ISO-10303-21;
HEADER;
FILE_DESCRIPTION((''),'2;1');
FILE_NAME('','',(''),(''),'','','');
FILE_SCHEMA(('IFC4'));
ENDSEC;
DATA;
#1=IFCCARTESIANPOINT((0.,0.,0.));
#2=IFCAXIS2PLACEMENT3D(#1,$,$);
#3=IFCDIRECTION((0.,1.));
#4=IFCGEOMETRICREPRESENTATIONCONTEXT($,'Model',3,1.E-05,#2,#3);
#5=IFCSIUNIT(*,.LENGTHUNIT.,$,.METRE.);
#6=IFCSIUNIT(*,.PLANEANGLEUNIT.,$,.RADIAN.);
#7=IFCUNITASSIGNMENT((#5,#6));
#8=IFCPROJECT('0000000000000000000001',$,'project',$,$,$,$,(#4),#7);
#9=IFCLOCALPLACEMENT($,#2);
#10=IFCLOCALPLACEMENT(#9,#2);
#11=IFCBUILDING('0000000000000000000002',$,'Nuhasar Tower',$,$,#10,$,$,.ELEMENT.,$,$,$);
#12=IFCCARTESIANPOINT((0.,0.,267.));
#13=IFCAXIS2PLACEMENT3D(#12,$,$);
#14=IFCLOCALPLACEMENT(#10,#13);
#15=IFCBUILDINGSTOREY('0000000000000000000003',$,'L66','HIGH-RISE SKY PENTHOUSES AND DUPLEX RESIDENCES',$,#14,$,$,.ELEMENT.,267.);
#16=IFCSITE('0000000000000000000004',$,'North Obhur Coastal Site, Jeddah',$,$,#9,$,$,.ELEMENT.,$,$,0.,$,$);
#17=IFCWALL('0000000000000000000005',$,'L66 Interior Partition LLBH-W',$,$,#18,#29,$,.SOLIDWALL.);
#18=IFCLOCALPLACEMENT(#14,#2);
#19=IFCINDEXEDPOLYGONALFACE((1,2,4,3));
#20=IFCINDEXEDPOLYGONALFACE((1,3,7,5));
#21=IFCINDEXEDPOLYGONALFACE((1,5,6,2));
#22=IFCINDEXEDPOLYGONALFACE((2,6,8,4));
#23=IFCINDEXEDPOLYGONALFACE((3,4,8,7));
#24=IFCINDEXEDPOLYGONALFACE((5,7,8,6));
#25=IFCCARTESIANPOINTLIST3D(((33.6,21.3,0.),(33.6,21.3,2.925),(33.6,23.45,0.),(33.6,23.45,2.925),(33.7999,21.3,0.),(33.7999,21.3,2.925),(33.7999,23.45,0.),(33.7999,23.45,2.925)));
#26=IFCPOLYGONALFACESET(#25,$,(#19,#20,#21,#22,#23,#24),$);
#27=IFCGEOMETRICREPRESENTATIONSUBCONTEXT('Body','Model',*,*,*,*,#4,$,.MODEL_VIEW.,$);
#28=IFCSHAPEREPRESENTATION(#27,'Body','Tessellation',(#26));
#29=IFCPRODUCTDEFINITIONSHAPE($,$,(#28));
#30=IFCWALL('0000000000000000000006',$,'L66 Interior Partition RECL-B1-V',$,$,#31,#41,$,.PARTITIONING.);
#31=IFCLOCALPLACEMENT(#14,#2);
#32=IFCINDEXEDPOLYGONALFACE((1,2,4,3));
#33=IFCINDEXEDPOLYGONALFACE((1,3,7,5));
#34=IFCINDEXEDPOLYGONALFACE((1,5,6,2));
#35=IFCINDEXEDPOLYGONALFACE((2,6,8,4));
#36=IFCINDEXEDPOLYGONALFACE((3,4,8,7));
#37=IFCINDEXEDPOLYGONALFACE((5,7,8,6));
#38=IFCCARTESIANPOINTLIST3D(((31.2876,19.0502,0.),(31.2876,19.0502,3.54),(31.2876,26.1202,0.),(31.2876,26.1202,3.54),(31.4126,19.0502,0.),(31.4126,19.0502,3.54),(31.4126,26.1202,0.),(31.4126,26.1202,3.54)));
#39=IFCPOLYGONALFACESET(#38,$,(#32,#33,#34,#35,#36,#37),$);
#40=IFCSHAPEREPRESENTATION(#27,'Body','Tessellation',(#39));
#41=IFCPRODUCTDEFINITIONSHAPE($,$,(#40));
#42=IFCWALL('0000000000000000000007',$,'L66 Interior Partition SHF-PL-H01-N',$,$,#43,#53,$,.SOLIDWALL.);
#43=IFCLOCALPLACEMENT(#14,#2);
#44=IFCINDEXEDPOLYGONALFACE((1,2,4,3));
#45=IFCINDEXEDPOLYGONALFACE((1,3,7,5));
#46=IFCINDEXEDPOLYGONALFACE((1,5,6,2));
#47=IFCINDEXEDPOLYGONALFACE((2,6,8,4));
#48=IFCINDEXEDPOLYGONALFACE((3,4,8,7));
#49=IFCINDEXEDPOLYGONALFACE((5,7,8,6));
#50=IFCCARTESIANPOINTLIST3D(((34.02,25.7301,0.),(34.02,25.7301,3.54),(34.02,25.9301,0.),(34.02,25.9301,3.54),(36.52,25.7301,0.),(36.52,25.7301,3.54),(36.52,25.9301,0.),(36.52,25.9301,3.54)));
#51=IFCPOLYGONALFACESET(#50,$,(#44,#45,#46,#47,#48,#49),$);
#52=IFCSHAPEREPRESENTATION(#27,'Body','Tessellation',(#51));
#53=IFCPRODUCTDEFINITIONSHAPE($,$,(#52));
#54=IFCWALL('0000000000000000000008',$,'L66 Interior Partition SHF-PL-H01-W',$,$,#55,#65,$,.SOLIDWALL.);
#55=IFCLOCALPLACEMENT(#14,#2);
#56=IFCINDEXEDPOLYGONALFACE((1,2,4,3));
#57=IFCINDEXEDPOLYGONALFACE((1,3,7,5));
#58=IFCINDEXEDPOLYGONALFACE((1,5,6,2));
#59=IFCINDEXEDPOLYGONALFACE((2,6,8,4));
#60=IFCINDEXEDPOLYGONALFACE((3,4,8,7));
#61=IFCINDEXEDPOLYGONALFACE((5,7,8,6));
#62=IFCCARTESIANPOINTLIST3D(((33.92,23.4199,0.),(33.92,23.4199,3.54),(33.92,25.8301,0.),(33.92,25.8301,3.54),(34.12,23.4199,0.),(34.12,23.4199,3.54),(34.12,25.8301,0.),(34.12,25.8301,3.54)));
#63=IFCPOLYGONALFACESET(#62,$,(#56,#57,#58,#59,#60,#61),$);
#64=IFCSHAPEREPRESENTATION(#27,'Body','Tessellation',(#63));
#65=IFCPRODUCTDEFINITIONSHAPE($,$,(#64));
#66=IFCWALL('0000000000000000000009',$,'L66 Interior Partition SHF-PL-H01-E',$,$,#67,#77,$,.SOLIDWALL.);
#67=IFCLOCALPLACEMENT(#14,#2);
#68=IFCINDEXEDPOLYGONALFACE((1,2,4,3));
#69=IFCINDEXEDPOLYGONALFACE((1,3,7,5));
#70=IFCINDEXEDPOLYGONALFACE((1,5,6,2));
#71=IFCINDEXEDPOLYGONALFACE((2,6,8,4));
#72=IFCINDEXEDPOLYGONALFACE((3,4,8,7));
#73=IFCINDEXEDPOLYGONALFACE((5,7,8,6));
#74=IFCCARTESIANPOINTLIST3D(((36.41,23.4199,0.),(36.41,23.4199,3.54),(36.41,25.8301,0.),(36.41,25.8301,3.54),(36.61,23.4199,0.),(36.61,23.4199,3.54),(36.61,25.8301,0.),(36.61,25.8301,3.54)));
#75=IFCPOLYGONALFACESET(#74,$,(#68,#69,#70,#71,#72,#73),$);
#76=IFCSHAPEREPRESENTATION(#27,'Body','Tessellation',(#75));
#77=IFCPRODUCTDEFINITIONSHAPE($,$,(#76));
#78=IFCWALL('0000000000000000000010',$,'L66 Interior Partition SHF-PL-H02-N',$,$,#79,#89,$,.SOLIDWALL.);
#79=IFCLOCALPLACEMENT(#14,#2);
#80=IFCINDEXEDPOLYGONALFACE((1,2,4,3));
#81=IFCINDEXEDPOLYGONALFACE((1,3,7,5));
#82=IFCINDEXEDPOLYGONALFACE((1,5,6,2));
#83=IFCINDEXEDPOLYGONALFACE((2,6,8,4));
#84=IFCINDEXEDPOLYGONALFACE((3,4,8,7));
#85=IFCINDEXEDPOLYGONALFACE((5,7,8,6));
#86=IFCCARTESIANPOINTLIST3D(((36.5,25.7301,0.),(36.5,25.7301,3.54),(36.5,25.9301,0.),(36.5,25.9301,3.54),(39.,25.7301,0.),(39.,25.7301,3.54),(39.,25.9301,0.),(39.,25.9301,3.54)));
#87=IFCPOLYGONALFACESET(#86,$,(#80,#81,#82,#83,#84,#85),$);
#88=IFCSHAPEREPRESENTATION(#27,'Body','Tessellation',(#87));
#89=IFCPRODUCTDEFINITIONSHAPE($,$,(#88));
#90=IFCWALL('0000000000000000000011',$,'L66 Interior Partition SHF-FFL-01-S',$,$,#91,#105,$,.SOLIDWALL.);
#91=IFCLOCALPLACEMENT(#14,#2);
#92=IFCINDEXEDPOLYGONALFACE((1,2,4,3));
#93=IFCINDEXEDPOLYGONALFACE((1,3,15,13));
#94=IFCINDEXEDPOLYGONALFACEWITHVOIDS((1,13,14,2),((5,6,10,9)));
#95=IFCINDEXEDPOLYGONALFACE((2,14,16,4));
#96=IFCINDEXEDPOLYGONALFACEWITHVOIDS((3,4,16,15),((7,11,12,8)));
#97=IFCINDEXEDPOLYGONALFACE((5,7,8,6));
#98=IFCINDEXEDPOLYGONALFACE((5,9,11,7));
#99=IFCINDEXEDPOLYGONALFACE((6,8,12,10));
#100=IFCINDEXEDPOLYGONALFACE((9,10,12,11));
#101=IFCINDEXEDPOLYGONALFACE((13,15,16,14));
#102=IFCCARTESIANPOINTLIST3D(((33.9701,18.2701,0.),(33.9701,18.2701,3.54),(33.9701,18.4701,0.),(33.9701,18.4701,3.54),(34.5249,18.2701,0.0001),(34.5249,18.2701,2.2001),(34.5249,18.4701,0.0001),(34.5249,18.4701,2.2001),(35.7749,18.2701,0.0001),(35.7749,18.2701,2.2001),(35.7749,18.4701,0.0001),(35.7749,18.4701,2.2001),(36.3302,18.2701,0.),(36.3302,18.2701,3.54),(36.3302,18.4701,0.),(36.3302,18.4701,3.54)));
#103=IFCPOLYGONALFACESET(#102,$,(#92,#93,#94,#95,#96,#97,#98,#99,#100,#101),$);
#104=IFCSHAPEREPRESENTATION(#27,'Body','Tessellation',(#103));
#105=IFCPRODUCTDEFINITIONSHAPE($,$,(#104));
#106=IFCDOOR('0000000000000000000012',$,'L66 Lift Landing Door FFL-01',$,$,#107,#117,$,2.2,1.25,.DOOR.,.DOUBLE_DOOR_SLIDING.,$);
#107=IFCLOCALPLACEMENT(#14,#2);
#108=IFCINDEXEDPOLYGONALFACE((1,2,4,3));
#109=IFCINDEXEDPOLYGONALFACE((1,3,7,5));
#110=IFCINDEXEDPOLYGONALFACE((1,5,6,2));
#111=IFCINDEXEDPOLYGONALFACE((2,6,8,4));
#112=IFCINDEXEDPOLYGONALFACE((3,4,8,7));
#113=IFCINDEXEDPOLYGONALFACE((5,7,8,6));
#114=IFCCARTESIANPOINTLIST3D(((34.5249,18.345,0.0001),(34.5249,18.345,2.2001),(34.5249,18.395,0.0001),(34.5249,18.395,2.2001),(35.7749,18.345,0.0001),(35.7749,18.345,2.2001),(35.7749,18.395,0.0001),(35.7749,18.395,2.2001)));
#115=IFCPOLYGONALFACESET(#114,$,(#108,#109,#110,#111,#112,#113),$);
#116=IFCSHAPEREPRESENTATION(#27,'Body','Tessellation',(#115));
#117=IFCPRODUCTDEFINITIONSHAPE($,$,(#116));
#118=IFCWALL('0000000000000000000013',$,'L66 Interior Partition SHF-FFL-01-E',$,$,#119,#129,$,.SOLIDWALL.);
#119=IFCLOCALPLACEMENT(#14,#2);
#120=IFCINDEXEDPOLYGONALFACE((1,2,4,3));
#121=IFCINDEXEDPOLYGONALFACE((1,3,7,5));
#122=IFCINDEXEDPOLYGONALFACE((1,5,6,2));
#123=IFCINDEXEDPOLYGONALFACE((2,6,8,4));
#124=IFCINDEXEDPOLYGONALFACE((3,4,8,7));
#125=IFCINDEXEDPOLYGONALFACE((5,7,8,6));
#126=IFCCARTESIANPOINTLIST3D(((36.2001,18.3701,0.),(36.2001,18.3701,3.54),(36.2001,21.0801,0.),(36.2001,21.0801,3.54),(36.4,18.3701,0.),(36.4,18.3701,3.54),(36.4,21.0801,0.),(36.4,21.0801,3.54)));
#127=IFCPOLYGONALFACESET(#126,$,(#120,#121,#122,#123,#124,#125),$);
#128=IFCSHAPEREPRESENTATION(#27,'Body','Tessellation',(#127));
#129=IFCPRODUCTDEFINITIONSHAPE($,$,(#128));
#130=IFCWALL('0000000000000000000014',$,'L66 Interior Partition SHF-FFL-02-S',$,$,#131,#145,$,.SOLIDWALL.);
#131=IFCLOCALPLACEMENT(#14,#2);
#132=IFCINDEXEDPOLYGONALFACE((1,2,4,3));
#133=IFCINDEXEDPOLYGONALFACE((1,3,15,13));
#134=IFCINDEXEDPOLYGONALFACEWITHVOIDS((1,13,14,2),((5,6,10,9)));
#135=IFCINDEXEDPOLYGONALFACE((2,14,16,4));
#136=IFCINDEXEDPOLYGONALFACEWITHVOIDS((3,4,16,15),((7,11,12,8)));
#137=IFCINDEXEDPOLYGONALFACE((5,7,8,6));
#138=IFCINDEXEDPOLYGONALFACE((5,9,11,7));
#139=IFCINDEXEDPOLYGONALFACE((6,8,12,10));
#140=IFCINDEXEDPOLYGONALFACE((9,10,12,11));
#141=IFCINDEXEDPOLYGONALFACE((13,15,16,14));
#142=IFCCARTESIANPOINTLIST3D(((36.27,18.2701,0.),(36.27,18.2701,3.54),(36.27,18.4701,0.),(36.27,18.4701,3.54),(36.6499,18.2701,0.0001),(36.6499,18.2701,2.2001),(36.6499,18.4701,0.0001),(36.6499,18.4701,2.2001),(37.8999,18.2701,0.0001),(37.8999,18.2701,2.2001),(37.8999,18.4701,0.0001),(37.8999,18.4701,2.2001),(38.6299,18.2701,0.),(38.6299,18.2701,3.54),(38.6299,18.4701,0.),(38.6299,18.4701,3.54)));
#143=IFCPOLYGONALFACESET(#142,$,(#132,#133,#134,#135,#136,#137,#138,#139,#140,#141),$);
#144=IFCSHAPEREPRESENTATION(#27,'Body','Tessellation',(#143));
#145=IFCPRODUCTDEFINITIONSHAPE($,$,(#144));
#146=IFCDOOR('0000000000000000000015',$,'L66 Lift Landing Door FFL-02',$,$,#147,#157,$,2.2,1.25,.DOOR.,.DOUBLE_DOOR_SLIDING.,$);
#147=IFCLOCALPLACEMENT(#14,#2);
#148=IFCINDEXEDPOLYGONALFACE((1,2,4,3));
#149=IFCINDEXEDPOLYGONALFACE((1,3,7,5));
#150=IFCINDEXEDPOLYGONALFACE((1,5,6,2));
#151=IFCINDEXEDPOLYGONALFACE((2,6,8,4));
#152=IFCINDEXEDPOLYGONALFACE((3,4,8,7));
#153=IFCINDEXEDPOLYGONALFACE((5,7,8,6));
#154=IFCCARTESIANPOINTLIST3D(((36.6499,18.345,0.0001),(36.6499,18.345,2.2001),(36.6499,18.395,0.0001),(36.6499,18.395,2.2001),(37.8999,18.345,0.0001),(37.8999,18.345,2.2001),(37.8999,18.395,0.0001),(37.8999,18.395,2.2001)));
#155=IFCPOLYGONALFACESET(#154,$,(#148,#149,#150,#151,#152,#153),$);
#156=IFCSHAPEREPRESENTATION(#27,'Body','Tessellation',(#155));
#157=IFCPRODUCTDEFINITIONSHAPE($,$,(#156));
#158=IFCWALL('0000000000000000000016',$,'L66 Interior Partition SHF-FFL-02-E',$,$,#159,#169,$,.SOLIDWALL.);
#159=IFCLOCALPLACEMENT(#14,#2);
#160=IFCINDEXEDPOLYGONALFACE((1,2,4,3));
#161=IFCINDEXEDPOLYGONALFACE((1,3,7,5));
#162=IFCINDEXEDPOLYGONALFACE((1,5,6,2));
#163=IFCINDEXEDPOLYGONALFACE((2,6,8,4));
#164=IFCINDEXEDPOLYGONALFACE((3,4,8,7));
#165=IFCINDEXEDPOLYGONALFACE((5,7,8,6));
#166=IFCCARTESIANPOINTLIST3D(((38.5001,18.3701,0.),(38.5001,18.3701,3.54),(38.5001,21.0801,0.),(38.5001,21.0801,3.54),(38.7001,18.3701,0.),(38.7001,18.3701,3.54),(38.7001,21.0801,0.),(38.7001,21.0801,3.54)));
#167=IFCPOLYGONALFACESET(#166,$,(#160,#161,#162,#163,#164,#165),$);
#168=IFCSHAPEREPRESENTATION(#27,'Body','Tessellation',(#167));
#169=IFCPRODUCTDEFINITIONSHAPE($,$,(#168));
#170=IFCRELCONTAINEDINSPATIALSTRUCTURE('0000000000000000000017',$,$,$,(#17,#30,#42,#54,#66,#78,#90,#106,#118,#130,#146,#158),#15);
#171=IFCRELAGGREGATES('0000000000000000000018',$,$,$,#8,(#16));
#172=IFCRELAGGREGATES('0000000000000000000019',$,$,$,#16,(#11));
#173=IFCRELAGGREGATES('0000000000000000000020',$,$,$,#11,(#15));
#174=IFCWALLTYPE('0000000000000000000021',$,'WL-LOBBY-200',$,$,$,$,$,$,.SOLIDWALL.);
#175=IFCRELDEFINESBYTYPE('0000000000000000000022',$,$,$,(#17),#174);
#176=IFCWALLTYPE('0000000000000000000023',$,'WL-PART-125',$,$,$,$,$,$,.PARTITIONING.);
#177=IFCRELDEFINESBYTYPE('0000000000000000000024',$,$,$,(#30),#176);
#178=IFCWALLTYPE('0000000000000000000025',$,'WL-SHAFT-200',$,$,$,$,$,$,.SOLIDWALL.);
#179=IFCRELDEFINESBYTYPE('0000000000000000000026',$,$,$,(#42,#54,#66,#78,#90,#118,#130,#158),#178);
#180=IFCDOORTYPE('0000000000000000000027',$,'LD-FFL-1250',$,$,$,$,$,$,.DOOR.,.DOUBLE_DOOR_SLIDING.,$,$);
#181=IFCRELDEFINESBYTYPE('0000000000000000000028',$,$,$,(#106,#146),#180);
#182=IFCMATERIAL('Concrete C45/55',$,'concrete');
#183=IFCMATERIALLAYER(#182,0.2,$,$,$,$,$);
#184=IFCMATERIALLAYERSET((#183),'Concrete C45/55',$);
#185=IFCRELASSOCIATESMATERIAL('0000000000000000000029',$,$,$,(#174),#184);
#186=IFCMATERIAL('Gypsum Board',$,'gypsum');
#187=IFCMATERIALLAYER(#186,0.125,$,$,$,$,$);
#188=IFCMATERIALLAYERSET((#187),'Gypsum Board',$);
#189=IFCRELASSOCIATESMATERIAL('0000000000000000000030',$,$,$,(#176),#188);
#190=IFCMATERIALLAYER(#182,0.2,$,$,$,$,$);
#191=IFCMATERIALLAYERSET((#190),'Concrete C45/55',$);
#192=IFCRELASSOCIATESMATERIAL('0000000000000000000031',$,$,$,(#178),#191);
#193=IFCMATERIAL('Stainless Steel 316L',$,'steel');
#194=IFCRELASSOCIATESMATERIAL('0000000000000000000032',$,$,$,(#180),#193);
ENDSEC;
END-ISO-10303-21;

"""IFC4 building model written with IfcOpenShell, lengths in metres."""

from ifc_helpers import new_model, si_unit, direction, frame, frame_2d, origin, place, context, subcontext, project, spatial, rectangle, extrude, material, layer, layer_set, type_object, element, fill, save


model = new_model("IFC4")

# Units and contexts
model_context = context("Model", 3, precision=1e-05, world=origin(), true_north=direction((0.0, 1.0)))
body_context = subcontext(model_context, "Body", "Model", "MODEL_VIEW")
ifc_project = project(units=[si_unit("LENGTHUNIT", "METRE"), si_unit("PLANEANGLEUNIT", "RADIAN")], contexts=[model_context])

# Site, building, storey
site_placement = place(None, origin())
site = spatial("IfcSite", under=ifc_project, at=site_placement, Name="North Obhur Coastal Site, Jeddah", CompositionType="ELEMENT", RefElevation=0.0)
building_placement = place(site_placement, origin())
building = spatial("IfcBuilding", under=site, at=building_placement, Name="Nuhasar Tower", CompositionType="ELEMENT")
storey_placement = place(building_placement, frame((0.0, 0.0, 267.0)))
storey = spatial("IfcBuildingStorey", under=building, at=storey_placement, Name="L66", Description="HIGH-RISE SKY PENTHOUSES AND DUPLEX RESIDENCES", CompositionType="ELEMENT", Elevation=267.0)

# Shared definitions
ifc_material_1 = material(Name="Gypsum Board", Category="gypsum")

# Walls
ifc_material_2 = material(Name="Concrete C45/55", Category="concrete")
ifc_layer_1 = layer(ifc_material_2, 0.2)
ifc_layer_set_1 = layer_set([ifc_layer_1], Name="Concrete C45/55")
wall_type_1 = type_object("IfcWallType", Name="WL-LOBBY-200", PredefinedType="SOLIDWALL", material=ifc_layer_set_1)
wall_1_placement = place(storey_placement, frame((33.7, 21.3, 0.0), z_axis=(0.0, 0.0, 1.0), x_axis=(0.0, 1.0, 0.0)))
element("IfcWall", 1, at=wall_1_placement, inside=storey, type_object=wall_type_1, Name="L66 Interior Partition LLBH-W", PredefinedType="SOLIDWALL", context=body_context, shape_type="SweptSolid", body=[
    extrude(rectangle(XDim=2.1499, YDim=0.2, at=frame_2d((1.075, 0.0))), origin(), (0.0, 0.0, 1.0), 2.925),
])
ifc_layer_2 = layer(ifc_material_1, 0.125)
ifc_layer_set_2 = layer_set([ifc_layer_2], Name="Gypsum Board")
wall_type_2 = type_object("IfcWallType", Name="WL-PART-125", PredefinedType="PARTITIONING", material=ifc_layer_set_2)
wall_2_placement = place(storey_placement, frame((31.3501, 19.05, 0.0), z_axis=(0.0, 0.0, 1.0), x_axis=(0.0, 1.0, 0.0)))
element("IfcWall", 2, at=wall_2_placement, inside=storey, type_object=wall_type_2, Name="L66 Interior Partition RECL-B1-V", PredefinedType="PARTITIONING", context=body_context, shape_type="SweptSolid", body=[
    extrude(rectangle(XDim=7.0701, YDim=0.125, at=frame_2d((3.5352, 0.0))), origin(), (0.0, 0.0, 1.0), 3.54),
])

# Shared definitions
ifc_layer_3 = layer(ifc_material_2, 0.2)
ifc_layer_set_3 = layer_set([ifc_layer_3], Name="Concrete C45/55")
wall_type_3 = type_object("IfcWallType", Name="WL-SHAFT-200", PredefinedType="SOLIDWALL", material=ifc_layer_set_3)
ifc_material_3 = material(Name="Stainless Steel 316L", Category="steel")

# Walls
wall_3_placement = place(storey_placement, frame((34.02, 25.8301, 0.0), z_axis=(0.0, 0.0, 1.0), x_axis=(1.0, 0.0, 0.0)))
element("IfcWall", 3, at=wall_3_placement, inside=storey, type_object=wall_type_3, Name="L66 Interior Partition SHF-PL-H01-N", PredefinedType="SOLIDWALL", context=body_context, shape_type="SweptSolid", body=[
    extrude(rectangle(XDim=2.5, YDim=0.2, at=frame_2d((1.25, 0.0))), origin(), (0.0, 0.0, 1.0), 3.54),
])
for number, where, z_axis, x_axis, name in (
    (4, (34.02, 23.4199, 0.0), (0.0, 0.0, 1.0), (0.0, 1.0, 0.0), "L66 Interior Partition SHF-PL-H01-W"),
    (5, (36.51, 23.4199, 0.0), (0.0, 0.0, 1.0), (0.0, 1.0, 0.0), "L66 Interior Partition SHF-PL-H01-E"),
):
    element("IfcWall", number, at=place(storey_placement, frame(where, z_axis=z_axis, x_axis=x_axis)), inside=storey, type_object=wall_type_3, Name=name, PredefinedType="SOLIDWALL", context=body_context, shape_type="SweptSolid", body=[
        extrude(rectangle(XDim=2.4102, YDim=0.2, at=frame_2d((1.2051, 0.0))), origin(), (0.0, 0.0, 1.0), 3.54),
    ])

# Wall
wall_4_placement = place(storey_placement, frame((36.5, 25.8301, 0.0), z_axis=(0.0, 0.0, 1.0), x_axis=(1.0, 0.0, 0.0)))
element("IfcWall", 6, at=wall_4_placement, inside=storey, type_object=wall_type_3, Name="L66 Interior Partition SHF-PL-H02-N", PredefinedType="SOLIDWALL", context=body_context, shape_type="SweptSolid", body=[
    extrude(rectangle(XDim=2.5, YDim=0.2, at=frame_2d((1.25, 0.0))), origin(), (0.0, 0.0, 1.0), 3.54),
])

# Wall, opening, door
wall_5_placement = place(storey_placement, frame((33.97, 18.3701, 0.0), z_axis=(0.0, 0.0, 1.0), x_axis=(1.0, 0.0, 0.0)))
wall_5 = element("IfcWall", 7, at=wall_5_placement, inside=storey, type_object=wall_type_3, Name="L66 Interior Partition SHF-FFL-01-S", PredefinedType="SOLIDWALL", context=body_context, shape_type="SweptSolid", body=[
    extrude(rectangle(XDim=2.3601, YDim=0.2, at=frame_2d((1.1802, 0.0))), origin(), (0.0, 0.0, 1.0), 3.54),
])
opening_1_placement = place(wall_5_placement, frame((0.5549, 0.0, 0.0)))
opening_1 = element("IfcOpeningElement", 8, at=opening_1_placement, cuts=wall_5, PredefinedType="OPENING", context=body_context, shape_type="SweptSolid", body=[
    extrude(rectangle(XDim=1.25, YDim=2.2, at=frame_2d((0.625, 1.1001))), frame((0.0, 0.1099, 0.0), z_axis=(0.0, -1.0, 0.0), x_axis=(1.0, 0.0, 0.0)), (0.0, 0.0, 1.0), 0.22),
])
door_type_1 = type_object("IfcDoorType", Name="LD-FFL-1250", OperationType="DOUBLE_DOOR_SLIDING", PredefinedType="DOOR", material=ifc_material_3)
door_1_placement = place(opening_1_placement, origin())
door_1 = element("IfcDoor", 9, at=door_1_placement, inside=storey, type_object=door_type_1, Name="L66 Lift Landing Door FFL-01", OperationType="DOUBLE_DOOR_SLIDING", OverallHeight=2.2, OverallWidth=1.25, PredefinedType="DOOR", context=body_context, shape_type="SweptSolid", body=[
    extrude(rectangle(XDim=1.25, YDim=2.2, at=frame_2d((0.625, 1.1001))), frame((0.0, 0.0249, 0.0), z_axis=(0.0, -1.0, 0.0), x_axis=(1.0, 0.0, 0.0)), (0.0, 0.0, 1.0), 0.05),
])
fill(opening_1, door_1)

# Wall
wall_6_placement = place(storey_placement, frame((36.3, 18.3701, 0.0), z_axis=(0.0, 0.0, 1.0), x_axis=(0.0, 1.0, 0.0)))
element("IfcWall", 10, at=wall_6_placement, inside=storey, type_object=wall_type_3, Name="L66 Interior Partition SHF-FFL-01-E", PredefinedType="SOLIDWALL", context=body_context, shape_type="SweptSolid", body=[
    extrude(rectangle(XDim=2.71, YDim=0.2, at=frame_2d((1.355, 0.0))), origin(), (0.0, 0.0, 1.0), 3.54),
])

# Wall, opening, door
wall_7_placement = place(storey_placement, frame((36.27, 18.3701, 0.0), z_axis=(0.0, 0.0, 1.0), x_axis=(1.0, 0.0, 0.0)))
wall_7 = element("IfcWall", 11, at=wall_7_placement, inside=storey, type_object=wall_type_3, Name="L66 Interior Partition SHF-FFL-02-S", PredefinedType="SOLIDWALL", context=body_context, shape_type="SweptSolid", body=[
    extrude(rectangle(XDim=2.3599, YDim=0.2, at=frame_2d((1.1799, 0.0))), origin(), (0.0, 0.0, 1.0), 3.54),
])
opening_2_placement = place(wall_7_placement, frame((0.3799, 0.0, 0.0)))
opening_2 = element("IfcOpeningElement", 12, at=opening_2_placement, cuts=wall_7, PredefinedType="OPENING", context=body_context, shape_type="SweptSolid", body=[
    extrude(rectangle(XDim=1.25, YDim=2.2, at=frame_2d((0.625, 1.1001))), frame((0.0, 0.1099, 0.0), z_axis=(0.0, -1.0, 0.0), x_axis=(1.0, 0.0, 0.0)), (0.0, 0.0, 1.0), 0.22),
])
door_2_placement = place(opening_2_placement, origin())
door_2 = element("IfcDoor", 13, at=door_2_placement, inside=storey, type_object=door_type_1, Name="L66 Lift Landing Door FFL-02", OperationType="DOUBLE_DOOR_SLIDING", OverallHeight=2.2, OverallWidth=1.25, PredefinedType="DOOR", context=body_context, shape_type="SweptSolid", body=[
    extrude(rectangle(XDim=1.25, YDim=2.2, at=frame_2d((0.625, 1.1001))), frame((0.0, 0.0249, 0.0), z_axis=(0.0, -1.0, 0.0), x_axis=(1.0, 0.0, 0.0)), (0.0, 0.0, 1.0), 0.05),
])
fill(opening_2, door_2)

# Wall
wall_8_placement = place(storey_placement, frame((38.6001, 18.3701, 0.0), z_axis=(0.0, 0.0, 1.0), x_axis=(0.0, 1.0, 0.0)))
element("IfcWall", 14, at=wall_8_placement, inside=storey, type_object=wall_type_3, Name="L66 Interior Partition SHF-FFL-02-E", PredefinedType="SOLIDWALL", context=body_context, shape_type="SweptSolid", body=[
    extrude(rectangle(XDim=2.71, YDim=0.2, at=frame_2d((1.355, 0.0))), origin(), (0.0, 0.0, 1.0), 3.54),
])

save(model, "model.ifc")
